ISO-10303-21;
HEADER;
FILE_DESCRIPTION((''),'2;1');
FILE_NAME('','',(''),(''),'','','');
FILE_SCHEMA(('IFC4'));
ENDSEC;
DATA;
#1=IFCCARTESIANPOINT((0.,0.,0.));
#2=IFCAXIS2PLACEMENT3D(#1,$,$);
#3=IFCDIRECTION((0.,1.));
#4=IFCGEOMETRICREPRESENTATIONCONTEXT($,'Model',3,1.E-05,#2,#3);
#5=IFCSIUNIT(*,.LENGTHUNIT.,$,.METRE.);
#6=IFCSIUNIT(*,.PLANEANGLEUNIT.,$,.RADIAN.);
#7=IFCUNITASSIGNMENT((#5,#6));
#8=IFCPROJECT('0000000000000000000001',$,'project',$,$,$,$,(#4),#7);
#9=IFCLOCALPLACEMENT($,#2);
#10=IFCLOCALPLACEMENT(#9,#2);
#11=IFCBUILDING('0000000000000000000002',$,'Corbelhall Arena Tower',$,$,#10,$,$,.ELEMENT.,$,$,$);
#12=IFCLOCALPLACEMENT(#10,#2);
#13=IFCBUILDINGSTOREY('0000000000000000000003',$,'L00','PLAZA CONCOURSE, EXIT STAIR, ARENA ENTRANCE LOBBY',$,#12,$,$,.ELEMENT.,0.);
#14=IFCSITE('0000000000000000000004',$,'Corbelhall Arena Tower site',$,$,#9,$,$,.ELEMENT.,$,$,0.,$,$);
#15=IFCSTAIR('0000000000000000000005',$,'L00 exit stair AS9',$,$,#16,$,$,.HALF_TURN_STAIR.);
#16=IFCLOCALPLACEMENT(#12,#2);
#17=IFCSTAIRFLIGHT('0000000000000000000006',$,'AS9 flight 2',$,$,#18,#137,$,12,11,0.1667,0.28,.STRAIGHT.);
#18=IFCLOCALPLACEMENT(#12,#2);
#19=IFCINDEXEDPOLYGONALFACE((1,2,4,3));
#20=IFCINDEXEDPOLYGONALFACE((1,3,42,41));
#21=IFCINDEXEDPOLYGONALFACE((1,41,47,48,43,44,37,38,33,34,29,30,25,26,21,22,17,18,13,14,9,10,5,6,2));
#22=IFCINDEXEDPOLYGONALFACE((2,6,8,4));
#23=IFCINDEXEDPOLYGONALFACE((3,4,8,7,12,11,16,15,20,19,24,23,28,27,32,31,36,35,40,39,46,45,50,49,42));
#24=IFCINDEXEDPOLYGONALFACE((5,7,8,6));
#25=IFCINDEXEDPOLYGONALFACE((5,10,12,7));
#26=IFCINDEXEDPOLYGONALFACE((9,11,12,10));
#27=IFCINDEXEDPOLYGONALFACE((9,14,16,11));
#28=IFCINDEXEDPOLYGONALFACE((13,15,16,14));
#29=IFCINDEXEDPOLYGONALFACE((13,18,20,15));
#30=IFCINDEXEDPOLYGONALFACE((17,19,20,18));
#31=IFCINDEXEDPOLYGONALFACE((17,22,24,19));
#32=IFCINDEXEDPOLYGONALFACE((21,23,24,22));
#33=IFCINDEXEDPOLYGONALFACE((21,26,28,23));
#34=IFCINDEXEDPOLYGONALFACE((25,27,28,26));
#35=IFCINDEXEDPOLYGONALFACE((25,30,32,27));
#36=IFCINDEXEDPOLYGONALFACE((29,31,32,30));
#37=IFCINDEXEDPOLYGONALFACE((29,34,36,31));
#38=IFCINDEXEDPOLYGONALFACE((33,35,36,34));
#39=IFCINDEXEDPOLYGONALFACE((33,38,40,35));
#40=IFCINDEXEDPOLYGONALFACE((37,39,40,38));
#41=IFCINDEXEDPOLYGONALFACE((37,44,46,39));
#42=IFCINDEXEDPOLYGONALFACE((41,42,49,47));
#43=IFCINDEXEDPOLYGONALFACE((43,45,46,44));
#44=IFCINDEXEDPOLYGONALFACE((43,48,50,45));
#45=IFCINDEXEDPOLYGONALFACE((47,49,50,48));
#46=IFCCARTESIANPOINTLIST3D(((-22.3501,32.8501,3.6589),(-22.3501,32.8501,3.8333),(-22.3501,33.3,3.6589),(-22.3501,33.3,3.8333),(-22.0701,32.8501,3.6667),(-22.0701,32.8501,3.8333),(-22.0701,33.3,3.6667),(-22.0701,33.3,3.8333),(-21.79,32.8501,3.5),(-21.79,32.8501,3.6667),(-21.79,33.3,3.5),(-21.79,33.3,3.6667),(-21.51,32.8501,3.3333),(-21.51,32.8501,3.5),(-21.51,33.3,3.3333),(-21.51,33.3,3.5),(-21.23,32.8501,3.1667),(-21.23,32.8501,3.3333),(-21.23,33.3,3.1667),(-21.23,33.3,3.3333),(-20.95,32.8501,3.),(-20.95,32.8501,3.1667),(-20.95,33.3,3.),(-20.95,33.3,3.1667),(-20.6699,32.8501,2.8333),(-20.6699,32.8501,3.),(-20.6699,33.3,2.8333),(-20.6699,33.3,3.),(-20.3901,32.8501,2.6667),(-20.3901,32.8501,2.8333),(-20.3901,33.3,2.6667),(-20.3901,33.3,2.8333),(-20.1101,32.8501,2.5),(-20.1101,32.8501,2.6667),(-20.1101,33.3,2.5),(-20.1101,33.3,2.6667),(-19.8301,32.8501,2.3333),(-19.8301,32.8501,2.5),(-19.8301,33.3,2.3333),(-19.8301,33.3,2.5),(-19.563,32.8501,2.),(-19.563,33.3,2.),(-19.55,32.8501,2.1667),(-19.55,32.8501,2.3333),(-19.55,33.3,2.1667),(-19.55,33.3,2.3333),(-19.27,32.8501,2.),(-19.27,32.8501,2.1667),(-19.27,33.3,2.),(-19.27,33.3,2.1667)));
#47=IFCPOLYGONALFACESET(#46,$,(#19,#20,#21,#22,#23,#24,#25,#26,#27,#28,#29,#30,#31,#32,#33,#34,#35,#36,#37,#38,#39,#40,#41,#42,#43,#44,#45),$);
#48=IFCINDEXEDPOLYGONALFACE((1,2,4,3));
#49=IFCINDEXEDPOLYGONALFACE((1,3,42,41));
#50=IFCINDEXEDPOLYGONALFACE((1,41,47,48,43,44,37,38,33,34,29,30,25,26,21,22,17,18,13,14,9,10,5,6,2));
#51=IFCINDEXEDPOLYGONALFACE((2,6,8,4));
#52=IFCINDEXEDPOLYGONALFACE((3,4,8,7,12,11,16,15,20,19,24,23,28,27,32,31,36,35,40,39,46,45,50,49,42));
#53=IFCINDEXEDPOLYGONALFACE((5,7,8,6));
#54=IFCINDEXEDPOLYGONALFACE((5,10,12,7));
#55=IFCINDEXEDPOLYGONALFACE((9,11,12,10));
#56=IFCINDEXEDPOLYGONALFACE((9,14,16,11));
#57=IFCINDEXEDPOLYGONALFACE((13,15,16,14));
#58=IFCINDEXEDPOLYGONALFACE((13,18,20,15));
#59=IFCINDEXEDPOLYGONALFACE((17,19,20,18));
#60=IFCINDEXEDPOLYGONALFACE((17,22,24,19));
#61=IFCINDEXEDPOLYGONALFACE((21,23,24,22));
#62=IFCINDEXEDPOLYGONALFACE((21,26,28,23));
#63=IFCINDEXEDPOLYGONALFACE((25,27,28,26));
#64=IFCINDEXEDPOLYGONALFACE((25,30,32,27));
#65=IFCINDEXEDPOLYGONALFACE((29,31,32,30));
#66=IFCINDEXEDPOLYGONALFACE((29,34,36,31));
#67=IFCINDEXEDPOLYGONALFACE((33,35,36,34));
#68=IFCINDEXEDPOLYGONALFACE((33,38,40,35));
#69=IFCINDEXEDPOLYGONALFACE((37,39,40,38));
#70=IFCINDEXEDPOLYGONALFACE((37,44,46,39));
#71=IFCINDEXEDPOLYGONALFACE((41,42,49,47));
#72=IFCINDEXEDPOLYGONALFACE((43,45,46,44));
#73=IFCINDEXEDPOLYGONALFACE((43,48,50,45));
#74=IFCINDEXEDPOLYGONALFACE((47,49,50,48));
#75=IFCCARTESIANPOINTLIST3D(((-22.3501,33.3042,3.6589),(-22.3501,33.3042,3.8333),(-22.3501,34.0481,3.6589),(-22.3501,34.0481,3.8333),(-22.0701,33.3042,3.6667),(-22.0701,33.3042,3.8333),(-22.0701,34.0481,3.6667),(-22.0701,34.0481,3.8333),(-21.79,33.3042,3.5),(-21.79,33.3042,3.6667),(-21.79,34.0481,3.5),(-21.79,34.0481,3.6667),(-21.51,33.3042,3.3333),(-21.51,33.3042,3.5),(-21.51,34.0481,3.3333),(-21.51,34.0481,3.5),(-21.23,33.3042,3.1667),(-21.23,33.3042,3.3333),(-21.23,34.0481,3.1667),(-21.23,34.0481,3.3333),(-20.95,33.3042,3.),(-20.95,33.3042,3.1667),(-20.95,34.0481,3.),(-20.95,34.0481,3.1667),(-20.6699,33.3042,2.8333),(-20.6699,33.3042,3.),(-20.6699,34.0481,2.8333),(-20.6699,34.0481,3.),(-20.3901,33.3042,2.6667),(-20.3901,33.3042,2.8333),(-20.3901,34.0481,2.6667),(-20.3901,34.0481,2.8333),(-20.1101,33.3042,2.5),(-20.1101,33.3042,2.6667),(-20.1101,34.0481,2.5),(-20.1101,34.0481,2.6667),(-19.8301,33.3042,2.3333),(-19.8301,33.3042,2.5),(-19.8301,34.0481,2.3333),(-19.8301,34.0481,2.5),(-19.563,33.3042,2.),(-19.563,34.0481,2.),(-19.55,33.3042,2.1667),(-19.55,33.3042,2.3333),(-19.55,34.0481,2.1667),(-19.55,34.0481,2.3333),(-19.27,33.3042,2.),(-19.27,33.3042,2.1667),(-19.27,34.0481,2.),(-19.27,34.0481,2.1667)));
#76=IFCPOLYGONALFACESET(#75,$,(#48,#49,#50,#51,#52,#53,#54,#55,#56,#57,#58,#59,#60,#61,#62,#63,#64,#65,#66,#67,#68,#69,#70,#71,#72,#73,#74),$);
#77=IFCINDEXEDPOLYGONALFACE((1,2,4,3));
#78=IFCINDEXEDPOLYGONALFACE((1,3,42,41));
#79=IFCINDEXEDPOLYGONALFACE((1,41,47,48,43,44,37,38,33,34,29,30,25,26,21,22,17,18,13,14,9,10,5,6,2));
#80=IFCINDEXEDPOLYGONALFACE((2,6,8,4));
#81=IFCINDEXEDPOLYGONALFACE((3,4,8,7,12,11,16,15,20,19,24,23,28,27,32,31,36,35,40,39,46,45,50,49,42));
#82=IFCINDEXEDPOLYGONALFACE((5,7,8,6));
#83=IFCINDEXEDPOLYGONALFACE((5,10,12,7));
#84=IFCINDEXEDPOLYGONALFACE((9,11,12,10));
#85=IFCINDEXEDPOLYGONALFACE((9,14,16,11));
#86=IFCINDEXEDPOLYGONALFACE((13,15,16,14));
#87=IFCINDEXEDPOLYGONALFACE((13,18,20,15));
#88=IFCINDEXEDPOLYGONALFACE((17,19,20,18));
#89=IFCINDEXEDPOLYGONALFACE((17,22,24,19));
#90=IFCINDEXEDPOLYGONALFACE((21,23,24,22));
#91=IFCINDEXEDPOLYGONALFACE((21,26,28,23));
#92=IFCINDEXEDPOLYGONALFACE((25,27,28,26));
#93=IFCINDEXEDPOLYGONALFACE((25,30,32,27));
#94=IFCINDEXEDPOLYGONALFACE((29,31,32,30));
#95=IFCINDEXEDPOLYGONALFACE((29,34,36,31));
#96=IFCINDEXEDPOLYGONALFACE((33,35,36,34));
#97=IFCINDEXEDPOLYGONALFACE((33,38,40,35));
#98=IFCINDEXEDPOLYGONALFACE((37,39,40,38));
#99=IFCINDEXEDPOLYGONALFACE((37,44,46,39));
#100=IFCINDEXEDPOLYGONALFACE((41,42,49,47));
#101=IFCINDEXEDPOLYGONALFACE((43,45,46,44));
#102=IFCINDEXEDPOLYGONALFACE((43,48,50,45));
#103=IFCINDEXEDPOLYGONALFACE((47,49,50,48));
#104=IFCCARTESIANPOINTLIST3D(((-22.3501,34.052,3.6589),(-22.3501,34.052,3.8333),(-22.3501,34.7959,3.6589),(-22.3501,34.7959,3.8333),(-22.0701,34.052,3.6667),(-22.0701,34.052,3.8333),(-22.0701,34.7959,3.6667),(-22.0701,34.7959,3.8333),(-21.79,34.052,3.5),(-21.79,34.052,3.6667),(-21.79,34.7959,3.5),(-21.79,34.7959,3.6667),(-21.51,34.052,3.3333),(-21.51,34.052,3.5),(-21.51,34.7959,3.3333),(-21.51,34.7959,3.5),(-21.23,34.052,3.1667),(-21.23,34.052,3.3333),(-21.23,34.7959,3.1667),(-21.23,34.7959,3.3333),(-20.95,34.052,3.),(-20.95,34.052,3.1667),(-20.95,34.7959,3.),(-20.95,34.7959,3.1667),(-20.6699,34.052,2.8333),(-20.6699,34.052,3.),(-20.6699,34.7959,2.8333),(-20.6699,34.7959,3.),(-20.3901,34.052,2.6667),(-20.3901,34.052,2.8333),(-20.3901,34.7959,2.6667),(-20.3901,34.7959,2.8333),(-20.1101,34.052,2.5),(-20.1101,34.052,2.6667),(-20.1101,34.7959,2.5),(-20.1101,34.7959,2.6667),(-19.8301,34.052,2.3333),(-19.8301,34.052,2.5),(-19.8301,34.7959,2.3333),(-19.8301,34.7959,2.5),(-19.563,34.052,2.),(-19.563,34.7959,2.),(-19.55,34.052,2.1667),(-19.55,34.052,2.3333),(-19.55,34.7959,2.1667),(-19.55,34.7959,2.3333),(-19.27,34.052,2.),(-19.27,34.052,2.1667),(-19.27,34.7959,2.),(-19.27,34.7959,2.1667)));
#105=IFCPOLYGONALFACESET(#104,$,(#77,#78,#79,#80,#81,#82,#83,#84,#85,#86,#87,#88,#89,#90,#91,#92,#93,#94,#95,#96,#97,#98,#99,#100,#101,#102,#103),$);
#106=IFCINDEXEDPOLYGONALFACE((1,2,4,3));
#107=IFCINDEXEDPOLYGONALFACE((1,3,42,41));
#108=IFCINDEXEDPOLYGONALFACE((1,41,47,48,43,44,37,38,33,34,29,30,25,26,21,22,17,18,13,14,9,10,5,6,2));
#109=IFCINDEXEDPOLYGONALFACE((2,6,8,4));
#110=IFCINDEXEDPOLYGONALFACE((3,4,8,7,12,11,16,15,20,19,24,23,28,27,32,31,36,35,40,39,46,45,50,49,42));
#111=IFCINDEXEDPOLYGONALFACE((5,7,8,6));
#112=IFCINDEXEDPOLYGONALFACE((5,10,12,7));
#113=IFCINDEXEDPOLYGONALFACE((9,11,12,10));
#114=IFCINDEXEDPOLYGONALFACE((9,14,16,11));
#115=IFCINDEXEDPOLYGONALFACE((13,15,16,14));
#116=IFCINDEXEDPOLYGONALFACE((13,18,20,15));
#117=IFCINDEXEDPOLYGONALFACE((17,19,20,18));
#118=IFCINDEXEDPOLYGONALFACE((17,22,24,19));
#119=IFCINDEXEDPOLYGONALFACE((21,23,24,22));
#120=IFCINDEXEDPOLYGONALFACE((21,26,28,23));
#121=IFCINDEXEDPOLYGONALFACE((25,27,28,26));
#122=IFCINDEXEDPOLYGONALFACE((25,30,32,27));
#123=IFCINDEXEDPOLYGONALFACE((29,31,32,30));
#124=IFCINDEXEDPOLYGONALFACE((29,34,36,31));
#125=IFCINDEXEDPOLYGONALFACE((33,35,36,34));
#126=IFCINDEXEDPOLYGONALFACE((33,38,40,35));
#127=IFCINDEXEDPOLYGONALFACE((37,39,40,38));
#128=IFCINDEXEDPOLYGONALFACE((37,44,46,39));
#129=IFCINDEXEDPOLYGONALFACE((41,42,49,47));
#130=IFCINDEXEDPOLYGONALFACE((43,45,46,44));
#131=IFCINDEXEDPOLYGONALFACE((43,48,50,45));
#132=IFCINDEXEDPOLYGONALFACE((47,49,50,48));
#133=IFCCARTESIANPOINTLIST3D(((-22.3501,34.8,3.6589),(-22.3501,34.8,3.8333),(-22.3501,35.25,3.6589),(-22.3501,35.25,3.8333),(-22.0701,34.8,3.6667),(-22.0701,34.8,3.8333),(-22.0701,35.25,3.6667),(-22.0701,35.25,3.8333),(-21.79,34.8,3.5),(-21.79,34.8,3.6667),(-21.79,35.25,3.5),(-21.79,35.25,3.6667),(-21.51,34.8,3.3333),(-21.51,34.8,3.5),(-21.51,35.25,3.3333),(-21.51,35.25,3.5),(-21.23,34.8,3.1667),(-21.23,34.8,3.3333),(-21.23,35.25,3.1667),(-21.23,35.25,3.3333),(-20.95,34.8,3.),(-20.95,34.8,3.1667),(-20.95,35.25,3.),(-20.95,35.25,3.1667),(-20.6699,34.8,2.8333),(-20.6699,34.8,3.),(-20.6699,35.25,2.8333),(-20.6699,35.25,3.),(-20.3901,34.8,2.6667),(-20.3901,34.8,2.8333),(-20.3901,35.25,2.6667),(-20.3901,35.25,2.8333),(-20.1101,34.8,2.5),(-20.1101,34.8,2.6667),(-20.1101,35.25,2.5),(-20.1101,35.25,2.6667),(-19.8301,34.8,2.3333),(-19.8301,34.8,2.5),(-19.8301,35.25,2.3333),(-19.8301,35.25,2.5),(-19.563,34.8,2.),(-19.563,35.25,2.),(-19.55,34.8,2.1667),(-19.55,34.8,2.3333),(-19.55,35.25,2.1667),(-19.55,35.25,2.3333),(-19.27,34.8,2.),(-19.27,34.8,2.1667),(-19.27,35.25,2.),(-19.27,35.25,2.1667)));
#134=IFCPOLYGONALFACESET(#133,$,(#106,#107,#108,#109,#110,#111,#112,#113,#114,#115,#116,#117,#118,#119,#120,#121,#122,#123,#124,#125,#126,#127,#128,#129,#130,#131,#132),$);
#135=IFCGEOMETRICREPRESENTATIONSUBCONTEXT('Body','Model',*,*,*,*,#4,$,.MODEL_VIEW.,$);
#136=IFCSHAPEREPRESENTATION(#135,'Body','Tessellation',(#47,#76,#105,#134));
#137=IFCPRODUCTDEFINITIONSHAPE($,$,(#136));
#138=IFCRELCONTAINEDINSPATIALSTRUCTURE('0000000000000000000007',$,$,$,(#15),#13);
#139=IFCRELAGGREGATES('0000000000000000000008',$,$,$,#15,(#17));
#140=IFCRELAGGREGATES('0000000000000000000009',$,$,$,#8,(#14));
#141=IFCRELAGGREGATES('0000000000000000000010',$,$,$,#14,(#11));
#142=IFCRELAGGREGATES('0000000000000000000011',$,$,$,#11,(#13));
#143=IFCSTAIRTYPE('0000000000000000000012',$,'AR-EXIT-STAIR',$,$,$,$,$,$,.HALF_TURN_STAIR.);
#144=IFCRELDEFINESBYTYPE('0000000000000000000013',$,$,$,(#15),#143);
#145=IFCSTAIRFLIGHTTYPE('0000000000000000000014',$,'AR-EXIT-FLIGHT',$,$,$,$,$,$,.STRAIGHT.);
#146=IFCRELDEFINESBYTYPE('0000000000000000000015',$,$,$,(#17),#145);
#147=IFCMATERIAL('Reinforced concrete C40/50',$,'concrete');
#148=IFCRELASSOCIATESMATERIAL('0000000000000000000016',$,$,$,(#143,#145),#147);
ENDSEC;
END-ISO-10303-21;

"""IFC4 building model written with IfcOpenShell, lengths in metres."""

from ifc_helpers import new_model, si_unit, direction, frame, origin, place, context, subcontext, project, spatial, polyline, outline, extrude, material, type_object, element, aggregate, save


model = new_model("IFC4")

# Units and contexts
model_context = context("Model", 3, precision=1e-05, world=origin(), true_north=direction((0.0, 1.0)))
body_context = subcontext(model_context, "Body", "Model", "MODEL_VIEW")
ifc_project = project(units=[si_unit("LENGTHUNIT", "METRE"), si_unit("PLANEANGLEUNIT", "RADIAN")], contexts=[model_context])

# Site, building, storey
site_placement = place(None, origin())
site = spatial("IfcSite", under=ifc_project, at=site_placement, Name="Corbelhall Arena Tower site", CompositionType="ELEMENT", RefElevation=0.0)
building_placement = place(site_placement, origin())
building = spatial("IfcBuilding", under=site, at=building_placement, Name="Corbelhall Arena Tower", CompositionType="ELEMENT")
storey_placement = place(building_placement, origin())
storey = spatial("IfcBuildingStorey", under=building, at=storey_placement, Name="L00", Description="PLAZA CONCOURSE, EXIT STAIR, ARENA ENTRANCE LOBBY", CompositionType="ELEMENT", Elevation=0.0)

# Shared definitions
ifc_material_1 = material(Name="Reinforced concrete C40/50", Category="concrete")

# Stair, stair flight
stair_type = type_object("IfcStairType", Name="AR-EXIT-STAIR", PredefinedType="HALF_TURN_STAIR", material=ifc_material_1)
stair_placement = place(storey_placement, origin())
stair = element("IfcStair", 1, at=stair_placement, inside=storey, type_object=stair_type, Name="L00 exit stair AS9", PredefinedType="HALF_TURN_STAIR")
stair_flight_type = type_object("IfcStairFlightType", Name="AR-EXIT-FLIGHT", PredefinedType="STRAIGHT", material=ifc_material_1)
stair_flight_1_placement = place(storey_placement, frame((-19.27, 34.05, 2.0), z_axis=(0.0, 0.0, 1.0), x_axis=(-1.0, 0.0, 0.0)))
stair_flight_1 = element("IfcStairFlight", 2, at=stair_flight_1_placement, type_object=stair_flight_type, Name="AS9 flight 2", NumberOfRisers=12, NumberOfTreads=11, PredefinedType="STRAIGHT", RiserHeight=0.1667, TreadLength=0.28, context=body_context, shape_type="SweptSolid", body=[
    extrude(outline(polyline([(0.0, 0.0), (0.0, 0.1667), (0.28, 0.1667), (0.28, 0.3333), (0.5601, 0.3333), (0.5601, 0.5), (0.8401, 0.5), (0.8401, 0.6667), (1.1201, 0.6667), (1.1201, 0.8333), (1.3999, 0.8333), (1.3999, 1.0), (1.6799, 1.0), (1.6799, 1.1667), (1.96, 1.1667), (1.96, 1.3333), (2.24, 1.3333), (2.24, 1.5), (2.52, 1.5), (2.52, 1.6667), (2.8, 1.6667), (2.8, 1.8333), (3.0801, 1.8333), (3.0801, 2.0), (3.0801, 1.6589), (0.293, 0.0), (0.0, 0.0)])), frame((0.0, 1.2, 0.0), z_axis=(0.0, -1.0, 0.0), x_axis=(1.0, 0.0, 0.0)), (0.0, 0.0, 1.0), 0.45),
    extrude(outline(polyline([(0.0, 0.0), (0.0, 0.1667), (0.28, 0.1667), (0.28, 0.3333), (0.5601, 0.3333), (0.5601, 0.5), (0.8401, 0.5), (0.8401, 0.6667), (1.1201, 0.6667), (1.1201, 0.8333), (1.3999, 0.8333), (1.3999, 1.0), (1.6799, 1.0), (1.6799, 1.1667), (1.96, 1.1667), (1.96, 1.3333), (2.24, 1.3333), (2.24, 1.5), (2.52, 1.5), (2.52, 1.6667), (2.8, 1.6667), (2.8, 1.8333), (3.0801, 1.8333), (3.0801, 2.0), (3.0801, 1.6589), (0.293, 0.0), (0.0, 0.0)])), frame((0.0, 0.7458, 0.0), z_axis=(0.0, -1.0, 0.0), x_axis=(1.0, 0.0, 0.0)), (0.0, 0.0, 1.0), 0.7439),
    extrude(outline(polyline([(0.0, 0.0), (0.0, 0.1667), (0.28, 0.1667), (0.28, 0.3333), (0.5601, 0.3333), (0.5601, 0.5), (0.8401, 0.5), (0.8401, 0.6667), (1.1201, 0.6667), (1.1201, 0.8333), (1.3999, 0.8333), (1.3999, 1.0), (1.6799, 1.0), (1.6799, 1.1667), (1.96, 1.1667), (1.96, 1.3333), (2.24, 1.3333), (2.24, 1.5), (2.52, 1.5), (2.52, 1.6667), (2.8, 1.6667), (2.8, 1.8333), (3.0801, 1.8333), (3.0801, 2.0), (3.0801, 1.6589), (0.293, 0.0), (0.0, 0.0)])), frame((0.0, -0.002, 0.0), z_axis=(0.0, -1.0, 0.0), x_axis=(1.0, 0.0, 0.0)), (0.0, 0.0, 1.0), 0.7439),
    extrude(outline(polyline([(0.0, 0.0), (0.0, 0.1667), (0.28, 0.1667), (0.28, 0.3333), (0.5601, 0.3333), (0.5601, 0.5), (0.8401, 0.5), (0.8401, 0.6667), (1.1201, 0.6667), (1.1201, 0.8333), (1.3999, 0.8333), (1.3999, 1.0), (1.6799, 1.0), (1.6799, 1.1667), (1.96, 1.1667), (1.96, 1.3333), (2.24, 1.3333), (2.24, 1.5), (2.52, 1.5), (2.52, 1.6667), (2.8, 1.6667), (2.8, 1.8333), (3.0801, 1.8333), (3.0801, 2.0), (3.0801, 1.6589), (0.293, 0.0), (0.0, 0.0)])), frame((0.0, -0.75, 0.0), z_axis=(0.0, -1.0, 0.0), x_axis=(1.0, 0.0, 0.0)), (0.0, 0.0, 1.0), 0.45),
])
aggregate(stair, [stair_flight_1])

save(model, "model.ifc")
